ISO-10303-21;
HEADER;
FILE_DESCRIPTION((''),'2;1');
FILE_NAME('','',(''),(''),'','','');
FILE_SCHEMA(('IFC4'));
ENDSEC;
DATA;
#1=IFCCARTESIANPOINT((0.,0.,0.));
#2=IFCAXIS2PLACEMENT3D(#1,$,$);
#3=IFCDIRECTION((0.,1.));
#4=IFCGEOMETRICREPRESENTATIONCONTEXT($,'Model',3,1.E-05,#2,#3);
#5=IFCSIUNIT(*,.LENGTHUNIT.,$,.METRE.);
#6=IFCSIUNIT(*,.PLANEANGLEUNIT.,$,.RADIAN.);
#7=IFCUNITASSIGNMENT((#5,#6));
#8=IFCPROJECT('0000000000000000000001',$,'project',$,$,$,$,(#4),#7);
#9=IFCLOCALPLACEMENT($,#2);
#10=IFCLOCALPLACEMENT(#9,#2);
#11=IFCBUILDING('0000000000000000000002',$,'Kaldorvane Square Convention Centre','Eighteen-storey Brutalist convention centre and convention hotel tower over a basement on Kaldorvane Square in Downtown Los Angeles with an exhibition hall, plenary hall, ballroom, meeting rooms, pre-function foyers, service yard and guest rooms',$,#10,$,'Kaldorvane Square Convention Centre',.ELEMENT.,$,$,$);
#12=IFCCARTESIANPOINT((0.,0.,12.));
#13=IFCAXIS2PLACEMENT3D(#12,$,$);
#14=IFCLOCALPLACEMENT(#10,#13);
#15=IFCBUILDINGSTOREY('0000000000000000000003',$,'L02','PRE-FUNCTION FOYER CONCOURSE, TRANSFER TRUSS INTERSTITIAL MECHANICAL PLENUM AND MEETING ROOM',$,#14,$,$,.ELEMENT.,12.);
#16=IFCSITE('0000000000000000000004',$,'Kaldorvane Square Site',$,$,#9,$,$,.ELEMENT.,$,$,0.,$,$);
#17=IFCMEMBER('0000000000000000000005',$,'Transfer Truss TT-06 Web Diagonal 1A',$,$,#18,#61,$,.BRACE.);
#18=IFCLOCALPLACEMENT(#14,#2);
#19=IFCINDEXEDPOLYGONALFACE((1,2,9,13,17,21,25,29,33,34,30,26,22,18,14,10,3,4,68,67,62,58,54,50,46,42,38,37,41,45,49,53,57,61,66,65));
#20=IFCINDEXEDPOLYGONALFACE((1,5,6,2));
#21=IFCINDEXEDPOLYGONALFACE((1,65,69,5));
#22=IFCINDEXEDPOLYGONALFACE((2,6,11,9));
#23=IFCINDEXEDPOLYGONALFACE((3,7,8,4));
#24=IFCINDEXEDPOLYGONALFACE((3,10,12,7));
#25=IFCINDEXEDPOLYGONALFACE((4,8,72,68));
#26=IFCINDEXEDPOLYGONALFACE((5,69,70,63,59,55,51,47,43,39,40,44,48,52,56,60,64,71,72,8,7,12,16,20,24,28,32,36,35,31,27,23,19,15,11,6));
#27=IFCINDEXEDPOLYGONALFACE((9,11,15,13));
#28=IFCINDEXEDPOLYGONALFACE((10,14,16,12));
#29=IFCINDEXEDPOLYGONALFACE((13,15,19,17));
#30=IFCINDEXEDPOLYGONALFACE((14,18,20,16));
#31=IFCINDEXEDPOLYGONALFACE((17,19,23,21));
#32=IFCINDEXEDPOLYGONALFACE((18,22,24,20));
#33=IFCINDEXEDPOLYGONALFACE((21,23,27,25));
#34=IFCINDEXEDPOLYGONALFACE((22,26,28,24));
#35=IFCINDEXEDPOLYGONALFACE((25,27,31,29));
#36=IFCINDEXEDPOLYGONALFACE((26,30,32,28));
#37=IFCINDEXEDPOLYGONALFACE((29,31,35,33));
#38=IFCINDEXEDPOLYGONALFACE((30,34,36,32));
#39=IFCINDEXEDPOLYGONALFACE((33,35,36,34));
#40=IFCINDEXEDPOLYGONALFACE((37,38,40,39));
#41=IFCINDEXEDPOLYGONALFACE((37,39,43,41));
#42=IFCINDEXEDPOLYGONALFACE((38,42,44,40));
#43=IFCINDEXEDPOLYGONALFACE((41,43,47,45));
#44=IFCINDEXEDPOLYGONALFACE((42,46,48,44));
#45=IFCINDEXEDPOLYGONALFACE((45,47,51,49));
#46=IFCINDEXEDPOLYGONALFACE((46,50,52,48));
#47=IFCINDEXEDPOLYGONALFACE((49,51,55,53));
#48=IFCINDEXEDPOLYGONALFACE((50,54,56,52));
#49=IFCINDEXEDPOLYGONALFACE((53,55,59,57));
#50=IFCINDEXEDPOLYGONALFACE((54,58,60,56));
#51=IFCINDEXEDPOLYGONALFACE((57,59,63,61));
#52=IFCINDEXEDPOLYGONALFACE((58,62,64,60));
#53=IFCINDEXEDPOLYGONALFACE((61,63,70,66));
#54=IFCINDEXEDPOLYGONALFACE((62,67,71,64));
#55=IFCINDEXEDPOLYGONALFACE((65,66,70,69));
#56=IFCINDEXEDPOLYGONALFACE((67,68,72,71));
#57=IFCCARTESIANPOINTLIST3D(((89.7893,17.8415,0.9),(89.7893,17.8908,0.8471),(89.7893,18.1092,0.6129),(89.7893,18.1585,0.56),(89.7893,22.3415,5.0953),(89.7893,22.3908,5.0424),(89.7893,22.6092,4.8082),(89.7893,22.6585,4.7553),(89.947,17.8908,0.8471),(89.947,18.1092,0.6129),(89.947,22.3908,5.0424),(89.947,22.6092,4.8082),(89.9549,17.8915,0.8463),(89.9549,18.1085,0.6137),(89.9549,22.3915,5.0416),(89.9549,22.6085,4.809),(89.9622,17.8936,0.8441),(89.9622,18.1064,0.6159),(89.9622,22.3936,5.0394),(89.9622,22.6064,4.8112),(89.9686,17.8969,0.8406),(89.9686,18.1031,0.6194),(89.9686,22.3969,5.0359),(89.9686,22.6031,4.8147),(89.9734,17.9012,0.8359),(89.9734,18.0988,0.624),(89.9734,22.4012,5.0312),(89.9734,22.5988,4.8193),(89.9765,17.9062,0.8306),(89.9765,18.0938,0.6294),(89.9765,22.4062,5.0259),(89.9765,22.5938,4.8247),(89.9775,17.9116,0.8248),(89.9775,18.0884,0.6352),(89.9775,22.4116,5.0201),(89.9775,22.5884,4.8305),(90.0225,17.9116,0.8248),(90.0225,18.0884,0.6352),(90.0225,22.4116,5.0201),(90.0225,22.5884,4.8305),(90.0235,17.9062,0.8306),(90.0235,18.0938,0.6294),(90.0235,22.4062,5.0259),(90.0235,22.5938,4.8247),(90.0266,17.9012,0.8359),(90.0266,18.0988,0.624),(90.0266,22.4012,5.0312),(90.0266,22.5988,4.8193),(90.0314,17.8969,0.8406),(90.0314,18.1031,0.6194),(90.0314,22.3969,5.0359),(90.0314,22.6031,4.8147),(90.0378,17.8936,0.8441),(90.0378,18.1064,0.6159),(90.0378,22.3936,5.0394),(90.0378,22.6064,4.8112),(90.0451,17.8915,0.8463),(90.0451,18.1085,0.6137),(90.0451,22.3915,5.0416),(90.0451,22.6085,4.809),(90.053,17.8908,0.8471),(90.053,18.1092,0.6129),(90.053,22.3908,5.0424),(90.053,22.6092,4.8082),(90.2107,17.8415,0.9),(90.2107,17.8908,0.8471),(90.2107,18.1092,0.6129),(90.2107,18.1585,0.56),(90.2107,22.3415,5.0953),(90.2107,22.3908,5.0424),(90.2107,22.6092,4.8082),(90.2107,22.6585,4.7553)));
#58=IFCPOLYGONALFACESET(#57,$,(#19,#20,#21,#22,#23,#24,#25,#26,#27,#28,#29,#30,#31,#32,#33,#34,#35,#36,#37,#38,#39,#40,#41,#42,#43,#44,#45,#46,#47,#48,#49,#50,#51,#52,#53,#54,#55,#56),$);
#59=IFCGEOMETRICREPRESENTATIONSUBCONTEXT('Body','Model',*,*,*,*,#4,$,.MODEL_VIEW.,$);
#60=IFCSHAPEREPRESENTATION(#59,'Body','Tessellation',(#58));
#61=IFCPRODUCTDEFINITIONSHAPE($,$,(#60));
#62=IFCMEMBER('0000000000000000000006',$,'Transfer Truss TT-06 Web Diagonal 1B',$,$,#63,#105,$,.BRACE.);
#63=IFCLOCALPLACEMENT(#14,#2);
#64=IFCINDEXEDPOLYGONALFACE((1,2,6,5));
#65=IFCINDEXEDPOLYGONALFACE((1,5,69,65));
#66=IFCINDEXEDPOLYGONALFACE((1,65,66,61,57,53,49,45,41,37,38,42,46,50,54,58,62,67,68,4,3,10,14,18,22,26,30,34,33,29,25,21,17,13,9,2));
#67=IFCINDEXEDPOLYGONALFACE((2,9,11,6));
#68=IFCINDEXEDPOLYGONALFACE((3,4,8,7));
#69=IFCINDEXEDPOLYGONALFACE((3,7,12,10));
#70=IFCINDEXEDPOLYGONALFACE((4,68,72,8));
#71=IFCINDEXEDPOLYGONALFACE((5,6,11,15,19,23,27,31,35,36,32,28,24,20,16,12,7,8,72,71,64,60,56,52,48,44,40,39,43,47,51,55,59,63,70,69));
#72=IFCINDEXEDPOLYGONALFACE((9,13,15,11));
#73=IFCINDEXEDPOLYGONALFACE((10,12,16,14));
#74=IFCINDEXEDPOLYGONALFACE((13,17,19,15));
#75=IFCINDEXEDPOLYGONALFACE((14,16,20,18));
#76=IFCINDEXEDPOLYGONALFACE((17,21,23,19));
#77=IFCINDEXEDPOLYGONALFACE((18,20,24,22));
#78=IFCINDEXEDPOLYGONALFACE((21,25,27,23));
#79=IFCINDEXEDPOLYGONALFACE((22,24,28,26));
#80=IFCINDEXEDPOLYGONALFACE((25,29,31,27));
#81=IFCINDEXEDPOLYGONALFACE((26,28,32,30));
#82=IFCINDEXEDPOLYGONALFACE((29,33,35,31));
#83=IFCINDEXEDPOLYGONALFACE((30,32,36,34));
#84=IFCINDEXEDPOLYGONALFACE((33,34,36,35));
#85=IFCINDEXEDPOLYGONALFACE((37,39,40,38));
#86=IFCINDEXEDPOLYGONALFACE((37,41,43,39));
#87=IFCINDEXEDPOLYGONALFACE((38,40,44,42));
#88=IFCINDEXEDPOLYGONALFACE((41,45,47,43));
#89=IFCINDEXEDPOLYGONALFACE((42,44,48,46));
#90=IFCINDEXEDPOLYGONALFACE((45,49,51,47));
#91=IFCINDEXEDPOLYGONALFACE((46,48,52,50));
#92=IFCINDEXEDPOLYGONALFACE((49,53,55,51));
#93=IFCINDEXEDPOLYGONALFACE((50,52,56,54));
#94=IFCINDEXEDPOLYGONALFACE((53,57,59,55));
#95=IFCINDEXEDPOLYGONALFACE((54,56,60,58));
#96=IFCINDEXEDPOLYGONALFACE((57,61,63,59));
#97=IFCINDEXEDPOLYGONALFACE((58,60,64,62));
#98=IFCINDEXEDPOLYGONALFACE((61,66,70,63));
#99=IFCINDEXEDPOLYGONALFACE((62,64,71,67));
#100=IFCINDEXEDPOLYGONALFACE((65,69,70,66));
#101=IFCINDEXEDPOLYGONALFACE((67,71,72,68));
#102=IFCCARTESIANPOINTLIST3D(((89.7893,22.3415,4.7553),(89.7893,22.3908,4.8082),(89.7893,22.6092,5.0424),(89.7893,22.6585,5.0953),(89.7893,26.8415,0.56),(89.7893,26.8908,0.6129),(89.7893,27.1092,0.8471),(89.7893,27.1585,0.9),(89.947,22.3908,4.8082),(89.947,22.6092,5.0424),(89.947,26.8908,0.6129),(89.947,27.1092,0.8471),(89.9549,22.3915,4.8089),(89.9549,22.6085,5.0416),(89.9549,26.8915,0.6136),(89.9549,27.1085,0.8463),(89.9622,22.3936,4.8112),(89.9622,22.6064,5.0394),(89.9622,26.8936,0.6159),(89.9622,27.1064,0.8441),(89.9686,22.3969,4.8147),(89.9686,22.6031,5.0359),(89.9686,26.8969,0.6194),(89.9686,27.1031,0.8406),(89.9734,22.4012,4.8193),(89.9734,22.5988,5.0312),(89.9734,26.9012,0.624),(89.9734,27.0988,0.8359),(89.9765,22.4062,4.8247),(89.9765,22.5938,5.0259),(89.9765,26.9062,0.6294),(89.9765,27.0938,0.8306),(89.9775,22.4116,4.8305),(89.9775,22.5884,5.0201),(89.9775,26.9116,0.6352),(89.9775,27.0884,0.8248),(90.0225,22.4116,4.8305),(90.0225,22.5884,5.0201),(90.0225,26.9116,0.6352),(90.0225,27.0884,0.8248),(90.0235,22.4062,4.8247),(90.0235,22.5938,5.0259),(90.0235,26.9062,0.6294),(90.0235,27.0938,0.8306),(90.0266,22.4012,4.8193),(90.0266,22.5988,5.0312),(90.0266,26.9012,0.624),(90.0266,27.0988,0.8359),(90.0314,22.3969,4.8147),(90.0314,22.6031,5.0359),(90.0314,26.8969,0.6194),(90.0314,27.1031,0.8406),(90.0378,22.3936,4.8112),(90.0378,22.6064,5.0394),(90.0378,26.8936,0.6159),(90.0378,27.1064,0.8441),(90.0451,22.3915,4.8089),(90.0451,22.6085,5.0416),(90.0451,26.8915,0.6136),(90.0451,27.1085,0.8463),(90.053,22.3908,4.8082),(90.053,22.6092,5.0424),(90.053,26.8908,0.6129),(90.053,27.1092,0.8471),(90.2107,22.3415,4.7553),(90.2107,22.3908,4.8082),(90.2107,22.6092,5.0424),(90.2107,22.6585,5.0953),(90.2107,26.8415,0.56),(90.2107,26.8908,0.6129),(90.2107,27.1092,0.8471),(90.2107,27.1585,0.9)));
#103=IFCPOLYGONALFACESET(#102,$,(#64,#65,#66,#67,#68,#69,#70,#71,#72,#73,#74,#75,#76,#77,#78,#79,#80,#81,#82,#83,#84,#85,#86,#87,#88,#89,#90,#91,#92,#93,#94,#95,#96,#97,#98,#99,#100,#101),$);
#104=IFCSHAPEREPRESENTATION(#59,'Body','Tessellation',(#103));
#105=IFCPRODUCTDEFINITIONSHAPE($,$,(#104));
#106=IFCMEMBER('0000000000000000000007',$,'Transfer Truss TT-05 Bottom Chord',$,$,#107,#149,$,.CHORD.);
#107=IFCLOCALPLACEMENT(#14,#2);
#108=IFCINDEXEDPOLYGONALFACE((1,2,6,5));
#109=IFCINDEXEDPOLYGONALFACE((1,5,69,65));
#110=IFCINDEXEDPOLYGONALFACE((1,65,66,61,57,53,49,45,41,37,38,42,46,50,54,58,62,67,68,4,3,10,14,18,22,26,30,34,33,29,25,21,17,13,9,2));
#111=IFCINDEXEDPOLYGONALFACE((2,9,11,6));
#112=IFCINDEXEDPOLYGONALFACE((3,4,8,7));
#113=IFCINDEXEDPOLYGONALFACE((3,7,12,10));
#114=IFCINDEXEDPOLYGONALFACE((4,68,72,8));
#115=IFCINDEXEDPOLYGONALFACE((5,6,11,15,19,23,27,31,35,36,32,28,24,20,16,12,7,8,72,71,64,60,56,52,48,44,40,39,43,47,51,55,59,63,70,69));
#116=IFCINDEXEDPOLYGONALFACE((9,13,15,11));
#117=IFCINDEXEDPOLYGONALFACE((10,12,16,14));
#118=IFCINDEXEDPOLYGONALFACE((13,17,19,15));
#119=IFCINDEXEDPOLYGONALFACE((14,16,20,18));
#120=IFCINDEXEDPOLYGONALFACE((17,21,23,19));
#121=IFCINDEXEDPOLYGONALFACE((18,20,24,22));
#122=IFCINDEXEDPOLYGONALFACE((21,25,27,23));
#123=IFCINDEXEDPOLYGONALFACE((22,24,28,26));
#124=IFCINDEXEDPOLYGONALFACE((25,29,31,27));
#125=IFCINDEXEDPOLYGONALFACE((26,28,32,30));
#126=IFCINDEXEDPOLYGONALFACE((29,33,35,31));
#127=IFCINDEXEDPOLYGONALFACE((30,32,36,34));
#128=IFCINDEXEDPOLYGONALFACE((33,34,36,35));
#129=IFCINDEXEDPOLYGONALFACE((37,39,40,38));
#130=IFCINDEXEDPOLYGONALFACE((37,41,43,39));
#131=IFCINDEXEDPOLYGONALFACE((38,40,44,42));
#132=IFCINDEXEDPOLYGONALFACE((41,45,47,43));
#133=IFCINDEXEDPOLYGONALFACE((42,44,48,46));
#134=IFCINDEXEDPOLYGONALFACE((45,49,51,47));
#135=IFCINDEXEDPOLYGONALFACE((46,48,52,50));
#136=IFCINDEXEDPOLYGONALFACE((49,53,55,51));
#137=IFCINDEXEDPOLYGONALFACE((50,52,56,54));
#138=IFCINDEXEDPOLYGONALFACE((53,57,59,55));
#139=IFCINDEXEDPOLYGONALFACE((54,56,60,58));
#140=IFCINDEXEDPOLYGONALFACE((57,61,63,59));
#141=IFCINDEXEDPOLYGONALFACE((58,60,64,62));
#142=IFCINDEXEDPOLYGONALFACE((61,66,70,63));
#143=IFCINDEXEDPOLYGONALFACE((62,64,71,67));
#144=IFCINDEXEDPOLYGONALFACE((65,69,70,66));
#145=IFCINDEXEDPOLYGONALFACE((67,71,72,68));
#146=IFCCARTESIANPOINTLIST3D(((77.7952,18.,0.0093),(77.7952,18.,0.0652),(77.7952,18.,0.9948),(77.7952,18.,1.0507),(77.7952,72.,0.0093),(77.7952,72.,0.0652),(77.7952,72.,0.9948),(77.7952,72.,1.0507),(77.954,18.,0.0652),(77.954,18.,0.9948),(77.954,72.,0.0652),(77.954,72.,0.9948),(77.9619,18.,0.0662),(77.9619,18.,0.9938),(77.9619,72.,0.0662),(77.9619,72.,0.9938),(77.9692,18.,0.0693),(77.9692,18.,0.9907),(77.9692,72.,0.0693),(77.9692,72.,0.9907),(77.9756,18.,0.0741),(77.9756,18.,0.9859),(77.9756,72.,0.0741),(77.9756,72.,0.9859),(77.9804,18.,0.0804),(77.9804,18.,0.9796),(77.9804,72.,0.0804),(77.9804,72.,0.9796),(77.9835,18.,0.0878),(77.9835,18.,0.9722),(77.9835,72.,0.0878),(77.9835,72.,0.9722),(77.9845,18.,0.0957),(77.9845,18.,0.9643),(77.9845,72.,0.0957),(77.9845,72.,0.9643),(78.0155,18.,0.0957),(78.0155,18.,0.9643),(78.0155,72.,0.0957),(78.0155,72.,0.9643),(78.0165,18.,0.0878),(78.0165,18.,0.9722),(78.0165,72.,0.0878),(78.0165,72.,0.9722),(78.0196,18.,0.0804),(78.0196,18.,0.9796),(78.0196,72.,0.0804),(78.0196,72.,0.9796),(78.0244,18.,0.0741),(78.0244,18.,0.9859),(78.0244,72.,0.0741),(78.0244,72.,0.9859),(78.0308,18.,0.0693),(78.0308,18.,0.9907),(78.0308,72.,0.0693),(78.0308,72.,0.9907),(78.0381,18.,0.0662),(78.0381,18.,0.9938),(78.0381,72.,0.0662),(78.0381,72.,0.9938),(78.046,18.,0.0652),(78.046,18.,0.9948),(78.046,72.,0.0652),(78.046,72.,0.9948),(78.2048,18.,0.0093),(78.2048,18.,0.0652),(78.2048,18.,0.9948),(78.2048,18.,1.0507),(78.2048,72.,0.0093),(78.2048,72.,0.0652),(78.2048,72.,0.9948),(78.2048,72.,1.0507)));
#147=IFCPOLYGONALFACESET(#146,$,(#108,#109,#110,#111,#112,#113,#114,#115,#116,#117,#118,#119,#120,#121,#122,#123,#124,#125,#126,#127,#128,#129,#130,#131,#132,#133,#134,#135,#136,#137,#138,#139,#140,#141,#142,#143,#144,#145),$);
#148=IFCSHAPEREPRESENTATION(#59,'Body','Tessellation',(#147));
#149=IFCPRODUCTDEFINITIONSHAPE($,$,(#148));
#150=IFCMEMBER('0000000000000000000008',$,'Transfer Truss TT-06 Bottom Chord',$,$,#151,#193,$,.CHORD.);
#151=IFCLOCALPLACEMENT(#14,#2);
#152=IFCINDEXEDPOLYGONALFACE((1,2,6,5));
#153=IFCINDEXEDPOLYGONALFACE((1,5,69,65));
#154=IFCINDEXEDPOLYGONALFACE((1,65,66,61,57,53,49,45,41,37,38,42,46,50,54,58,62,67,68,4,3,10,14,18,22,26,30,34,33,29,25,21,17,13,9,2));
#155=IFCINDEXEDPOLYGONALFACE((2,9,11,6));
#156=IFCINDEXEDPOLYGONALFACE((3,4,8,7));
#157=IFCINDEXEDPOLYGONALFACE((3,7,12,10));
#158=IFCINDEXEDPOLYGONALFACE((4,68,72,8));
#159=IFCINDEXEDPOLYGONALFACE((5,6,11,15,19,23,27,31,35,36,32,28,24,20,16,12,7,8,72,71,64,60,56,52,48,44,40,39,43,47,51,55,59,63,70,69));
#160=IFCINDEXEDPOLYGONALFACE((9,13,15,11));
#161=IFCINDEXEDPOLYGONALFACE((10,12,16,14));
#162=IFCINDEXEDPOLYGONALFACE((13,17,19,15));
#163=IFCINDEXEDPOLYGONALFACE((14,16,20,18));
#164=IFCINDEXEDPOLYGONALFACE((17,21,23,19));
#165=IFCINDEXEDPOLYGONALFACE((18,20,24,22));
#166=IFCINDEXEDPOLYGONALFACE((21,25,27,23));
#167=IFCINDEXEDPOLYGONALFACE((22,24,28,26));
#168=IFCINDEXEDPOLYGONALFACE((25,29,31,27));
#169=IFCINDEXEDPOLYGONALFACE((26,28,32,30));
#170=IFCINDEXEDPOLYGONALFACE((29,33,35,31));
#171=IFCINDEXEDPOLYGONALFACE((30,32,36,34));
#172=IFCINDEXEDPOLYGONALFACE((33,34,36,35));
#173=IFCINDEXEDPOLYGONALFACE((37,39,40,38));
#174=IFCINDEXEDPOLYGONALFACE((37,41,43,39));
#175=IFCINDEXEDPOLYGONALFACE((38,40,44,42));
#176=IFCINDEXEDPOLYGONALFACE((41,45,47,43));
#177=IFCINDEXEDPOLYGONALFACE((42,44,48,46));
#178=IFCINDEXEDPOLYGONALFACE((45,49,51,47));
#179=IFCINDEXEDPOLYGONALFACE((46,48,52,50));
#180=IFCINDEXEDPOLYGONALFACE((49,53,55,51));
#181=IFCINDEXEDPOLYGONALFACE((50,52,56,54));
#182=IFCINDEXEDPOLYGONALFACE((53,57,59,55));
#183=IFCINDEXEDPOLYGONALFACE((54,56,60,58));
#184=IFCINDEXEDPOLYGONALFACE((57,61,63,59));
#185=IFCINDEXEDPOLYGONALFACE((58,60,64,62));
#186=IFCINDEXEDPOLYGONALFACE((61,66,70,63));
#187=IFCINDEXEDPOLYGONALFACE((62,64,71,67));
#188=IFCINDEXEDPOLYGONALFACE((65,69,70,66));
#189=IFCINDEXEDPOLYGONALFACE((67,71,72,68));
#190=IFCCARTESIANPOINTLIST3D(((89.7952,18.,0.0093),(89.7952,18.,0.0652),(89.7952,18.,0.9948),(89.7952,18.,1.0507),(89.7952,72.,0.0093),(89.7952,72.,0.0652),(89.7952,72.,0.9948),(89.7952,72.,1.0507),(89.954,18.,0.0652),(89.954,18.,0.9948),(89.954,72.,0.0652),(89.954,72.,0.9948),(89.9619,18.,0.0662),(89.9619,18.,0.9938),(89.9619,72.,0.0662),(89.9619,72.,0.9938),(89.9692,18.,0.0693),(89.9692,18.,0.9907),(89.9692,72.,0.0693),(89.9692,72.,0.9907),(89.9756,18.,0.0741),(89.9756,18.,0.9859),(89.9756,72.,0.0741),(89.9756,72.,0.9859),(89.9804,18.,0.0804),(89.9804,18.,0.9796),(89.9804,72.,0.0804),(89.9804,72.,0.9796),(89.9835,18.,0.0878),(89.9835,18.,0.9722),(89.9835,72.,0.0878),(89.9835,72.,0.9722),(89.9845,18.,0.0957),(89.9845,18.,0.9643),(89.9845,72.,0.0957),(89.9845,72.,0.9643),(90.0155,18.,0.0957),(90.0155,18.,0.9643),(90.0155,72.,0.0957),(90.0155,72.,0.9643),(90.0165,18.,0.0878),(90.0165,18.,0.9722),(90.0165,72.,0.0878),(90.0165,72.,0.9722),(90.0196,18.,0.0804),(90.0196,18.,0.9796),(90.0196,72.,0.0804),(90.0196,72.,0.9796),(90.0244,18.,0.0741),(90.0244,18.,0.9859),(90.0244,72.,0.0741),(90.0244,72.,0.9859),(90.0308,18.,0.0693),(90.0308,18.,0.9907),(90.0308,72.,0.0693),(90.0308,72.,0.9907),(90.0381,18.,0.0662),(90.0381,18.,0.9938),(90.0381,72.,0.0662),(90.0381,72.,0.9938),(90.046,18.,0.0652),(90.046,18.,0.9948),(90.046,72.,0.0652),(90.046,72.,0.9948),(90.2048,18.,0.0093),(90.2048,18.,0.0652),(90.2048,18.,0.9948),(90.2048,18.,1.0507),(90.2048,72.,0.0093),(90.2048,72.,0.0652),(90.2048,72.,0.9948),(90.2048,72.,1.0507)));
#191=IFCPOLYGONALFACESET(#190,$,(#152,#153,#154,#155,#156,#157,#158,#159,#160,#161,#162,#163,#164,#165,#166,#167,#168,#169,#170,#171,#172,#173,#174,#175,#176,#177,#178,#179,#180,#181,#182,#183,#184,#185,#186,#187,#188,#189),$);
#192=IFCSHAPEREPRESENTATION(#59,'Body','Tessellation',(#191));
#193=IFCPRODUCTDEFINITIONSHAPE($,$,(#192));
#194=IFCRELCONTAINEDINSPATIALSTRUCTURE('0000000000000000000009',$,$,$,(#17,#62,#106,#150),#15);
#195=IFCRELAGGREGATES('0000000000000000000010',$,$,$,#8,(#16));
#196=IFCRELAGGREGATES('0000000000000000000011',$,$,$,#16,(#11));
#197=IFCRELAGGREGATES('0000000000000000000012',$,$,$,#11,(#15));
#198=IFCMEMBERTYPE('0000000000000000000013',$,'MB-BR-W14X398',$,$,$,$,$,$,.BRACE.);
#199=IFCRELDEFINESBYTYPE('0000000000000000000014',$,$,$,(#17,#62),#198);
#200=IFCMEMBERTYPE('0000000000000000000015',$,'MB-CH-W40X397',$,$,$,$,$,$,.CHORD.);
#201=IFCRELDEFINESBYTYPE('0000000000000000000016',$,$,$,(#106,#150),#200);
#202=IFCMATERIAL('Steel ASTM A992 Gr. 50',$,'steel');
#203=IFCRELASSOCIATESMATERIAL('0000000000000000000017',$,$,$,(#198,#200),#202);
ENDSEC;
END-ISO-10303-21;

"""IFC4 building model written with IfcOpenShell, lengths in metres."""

from ifc_helpers import new_model, si_unit, direction, frame, origin, origin_2d, place, context, subcontext, project, spatial, i_section, extrude, material, material_profile, profile_set, type_object, element, save


model = new_model("IFC4")

# Units and contexts
model_context = context("Model", 3, precision=1e-05, world=origin(), true_north=direction((0.0, 1.0)))
body_context = subcontext(model_context, "Body", "Model", "MODEL_VIEW")
ifc_project = project(units=[si_unit("LENGTHUNIT", "METRE"), si_unit("PLANEANGLEUNIT", "RADIAN")], contexts=[model_context])

# Site, building, storey
site_placement = place(None, origin())
site = spatial("IfcSite", under=ifc_project, at=site_placement, Name="Kaldorvane Square Site", CompositionType="ELEMENT", RefElevation=0.0)
building_placement = place(site_placement, origin())
building = spatial("IfcBuilding", under=site, at=building_placement, Name="Kaldorvane Square Convention Centre", Description="Eighteen-storey Brutalist convention centre and convention hotel tower over a basement on Kaldorvane Square in Downtown Los Angeles with an exhibition hall, plenary hall, ballroom, meeting rooms, pre-function foyers, service yard and guest rooms", LongName="Kaldorvane Square Convention Centre", CompositionType="ELEMENT")
storey_placement = place(building_placement, frame((0.0, 0.0, 12.0)))
storey = spatial("IfcBuildingStorey", under=building, at=storey_placement, Name="L02", Description="PRE-FUNCTION FOYER CONCOURSE, TRANSFER TRUSS INTERSTITIAL MECHANICAL PLENUM AND MEETING ROOM", CompositionType="ELEMENT", Elevation=12.0)

# Shared definitions
ifc_material_1 = material(Name="Steel ASTM A992 Gr. 50", Category="steel")

# Members
ifc_material_profile_1 = material_profile(ifc_material_1, i_section(OverallWidth=0.4214, OverallDepth=0.4648, WebThickness=0.045, FlangeThickness=0.0723, FilletRadius=0.0305, at=origin_2d()), Name="W14X398")
ifc_profile_set_1 = profile_set([ifc_material_profile_1], Name="Steel ASTM A992 Gr. 50")
member_type_1 = type_object("IfcMemberType", Name="MB-BR-W14X398", PredefinedType="BRACE", material=ifc_profile_set_1)
for number, where, z_axis, x_axis, name in (
    (1, (90.0, 18.0, 0.73), (0.0, 0.731436, 0.68191), (-1.0, 0.0, 0.0), "Transfer Truss TT-06 Web Diagonal 1A"),
    (2, (90.0, 22.5, 4.9253), (0.0, 0.731436, -0.68191), (-1.0, 0.0, 0.0), "Transfer Truss TT-06 Web Diagonal 1B"),
):
    element("IfcMember", number, at=place(storey_placement, frame(where, z_axis=z_axis, x_axis=x_axis)), inside=storey, type_object=member_type_1, Name=name, PredefinedType="BRACE", context=body_context, shape_type="SweptSolid", body=[
        extrude(i_section(OverallWidth=0.4214, OverallDepth=0.4648, WebThickness=0.045, FlangeThickness=0.0723, FilletRadius=0.0305, at=origin_2d()), origin(), (0.0, 0.0, 1.0), 6.1523),
    ])
ifc_material_profile_2 = material_profile(ifc_material_1, i_section(OverallWidth=0.4096, OverallDepth=1.0414, WebThickness=0.031, FlangeThickness=0.0559, FilletRadius=0.0305, at=origin_2d()), Name="W40X397")
ifc_profile_set_2 = profile_set([ifc_material_profile_2], Name="Steel ASTM A992 Gr. 50")
member_type_2 = type_object("IfcMemberType", Name="MB-CH-W40X397", PredefinedType="CHORD", material=ifc_profile_set_2)
for number, where, z_axis, x_axis, name in (
    (3, (78.0, 18.0, 0.53), (0.0, 1.0, 0.0), (-1.0, 0.0, 0.0), "Transfer Truss TT-05 Bottom Chord"),
    (4, (90.0, 18.0, 0.53), (0.0, 1.0, 0.0), (-1.0, 0.0, 0.0), "Transfer Truss TT-06 Bottom Chord"),
):
    element("IfcMember", number, at=place(storey_placement, frame(where, z_axis=z_axis, x_axis=x_axis)), inside=storey, type_object=member_type_2, Name=name, PredefinedType="CHORD", context=body_context, shape_type="SweptSolid", body=[
        extrude(i_section(OverallWidth=0.4096, OverallDepth=1.0414, WebThickness=0.031, FlangeThickness=0.0559, FilletRadius=0.0305, at=origin_2d()), origin(), (0.0, 0.0, 1.0), 54.0),
    ])

save(model, "model.ifc")
